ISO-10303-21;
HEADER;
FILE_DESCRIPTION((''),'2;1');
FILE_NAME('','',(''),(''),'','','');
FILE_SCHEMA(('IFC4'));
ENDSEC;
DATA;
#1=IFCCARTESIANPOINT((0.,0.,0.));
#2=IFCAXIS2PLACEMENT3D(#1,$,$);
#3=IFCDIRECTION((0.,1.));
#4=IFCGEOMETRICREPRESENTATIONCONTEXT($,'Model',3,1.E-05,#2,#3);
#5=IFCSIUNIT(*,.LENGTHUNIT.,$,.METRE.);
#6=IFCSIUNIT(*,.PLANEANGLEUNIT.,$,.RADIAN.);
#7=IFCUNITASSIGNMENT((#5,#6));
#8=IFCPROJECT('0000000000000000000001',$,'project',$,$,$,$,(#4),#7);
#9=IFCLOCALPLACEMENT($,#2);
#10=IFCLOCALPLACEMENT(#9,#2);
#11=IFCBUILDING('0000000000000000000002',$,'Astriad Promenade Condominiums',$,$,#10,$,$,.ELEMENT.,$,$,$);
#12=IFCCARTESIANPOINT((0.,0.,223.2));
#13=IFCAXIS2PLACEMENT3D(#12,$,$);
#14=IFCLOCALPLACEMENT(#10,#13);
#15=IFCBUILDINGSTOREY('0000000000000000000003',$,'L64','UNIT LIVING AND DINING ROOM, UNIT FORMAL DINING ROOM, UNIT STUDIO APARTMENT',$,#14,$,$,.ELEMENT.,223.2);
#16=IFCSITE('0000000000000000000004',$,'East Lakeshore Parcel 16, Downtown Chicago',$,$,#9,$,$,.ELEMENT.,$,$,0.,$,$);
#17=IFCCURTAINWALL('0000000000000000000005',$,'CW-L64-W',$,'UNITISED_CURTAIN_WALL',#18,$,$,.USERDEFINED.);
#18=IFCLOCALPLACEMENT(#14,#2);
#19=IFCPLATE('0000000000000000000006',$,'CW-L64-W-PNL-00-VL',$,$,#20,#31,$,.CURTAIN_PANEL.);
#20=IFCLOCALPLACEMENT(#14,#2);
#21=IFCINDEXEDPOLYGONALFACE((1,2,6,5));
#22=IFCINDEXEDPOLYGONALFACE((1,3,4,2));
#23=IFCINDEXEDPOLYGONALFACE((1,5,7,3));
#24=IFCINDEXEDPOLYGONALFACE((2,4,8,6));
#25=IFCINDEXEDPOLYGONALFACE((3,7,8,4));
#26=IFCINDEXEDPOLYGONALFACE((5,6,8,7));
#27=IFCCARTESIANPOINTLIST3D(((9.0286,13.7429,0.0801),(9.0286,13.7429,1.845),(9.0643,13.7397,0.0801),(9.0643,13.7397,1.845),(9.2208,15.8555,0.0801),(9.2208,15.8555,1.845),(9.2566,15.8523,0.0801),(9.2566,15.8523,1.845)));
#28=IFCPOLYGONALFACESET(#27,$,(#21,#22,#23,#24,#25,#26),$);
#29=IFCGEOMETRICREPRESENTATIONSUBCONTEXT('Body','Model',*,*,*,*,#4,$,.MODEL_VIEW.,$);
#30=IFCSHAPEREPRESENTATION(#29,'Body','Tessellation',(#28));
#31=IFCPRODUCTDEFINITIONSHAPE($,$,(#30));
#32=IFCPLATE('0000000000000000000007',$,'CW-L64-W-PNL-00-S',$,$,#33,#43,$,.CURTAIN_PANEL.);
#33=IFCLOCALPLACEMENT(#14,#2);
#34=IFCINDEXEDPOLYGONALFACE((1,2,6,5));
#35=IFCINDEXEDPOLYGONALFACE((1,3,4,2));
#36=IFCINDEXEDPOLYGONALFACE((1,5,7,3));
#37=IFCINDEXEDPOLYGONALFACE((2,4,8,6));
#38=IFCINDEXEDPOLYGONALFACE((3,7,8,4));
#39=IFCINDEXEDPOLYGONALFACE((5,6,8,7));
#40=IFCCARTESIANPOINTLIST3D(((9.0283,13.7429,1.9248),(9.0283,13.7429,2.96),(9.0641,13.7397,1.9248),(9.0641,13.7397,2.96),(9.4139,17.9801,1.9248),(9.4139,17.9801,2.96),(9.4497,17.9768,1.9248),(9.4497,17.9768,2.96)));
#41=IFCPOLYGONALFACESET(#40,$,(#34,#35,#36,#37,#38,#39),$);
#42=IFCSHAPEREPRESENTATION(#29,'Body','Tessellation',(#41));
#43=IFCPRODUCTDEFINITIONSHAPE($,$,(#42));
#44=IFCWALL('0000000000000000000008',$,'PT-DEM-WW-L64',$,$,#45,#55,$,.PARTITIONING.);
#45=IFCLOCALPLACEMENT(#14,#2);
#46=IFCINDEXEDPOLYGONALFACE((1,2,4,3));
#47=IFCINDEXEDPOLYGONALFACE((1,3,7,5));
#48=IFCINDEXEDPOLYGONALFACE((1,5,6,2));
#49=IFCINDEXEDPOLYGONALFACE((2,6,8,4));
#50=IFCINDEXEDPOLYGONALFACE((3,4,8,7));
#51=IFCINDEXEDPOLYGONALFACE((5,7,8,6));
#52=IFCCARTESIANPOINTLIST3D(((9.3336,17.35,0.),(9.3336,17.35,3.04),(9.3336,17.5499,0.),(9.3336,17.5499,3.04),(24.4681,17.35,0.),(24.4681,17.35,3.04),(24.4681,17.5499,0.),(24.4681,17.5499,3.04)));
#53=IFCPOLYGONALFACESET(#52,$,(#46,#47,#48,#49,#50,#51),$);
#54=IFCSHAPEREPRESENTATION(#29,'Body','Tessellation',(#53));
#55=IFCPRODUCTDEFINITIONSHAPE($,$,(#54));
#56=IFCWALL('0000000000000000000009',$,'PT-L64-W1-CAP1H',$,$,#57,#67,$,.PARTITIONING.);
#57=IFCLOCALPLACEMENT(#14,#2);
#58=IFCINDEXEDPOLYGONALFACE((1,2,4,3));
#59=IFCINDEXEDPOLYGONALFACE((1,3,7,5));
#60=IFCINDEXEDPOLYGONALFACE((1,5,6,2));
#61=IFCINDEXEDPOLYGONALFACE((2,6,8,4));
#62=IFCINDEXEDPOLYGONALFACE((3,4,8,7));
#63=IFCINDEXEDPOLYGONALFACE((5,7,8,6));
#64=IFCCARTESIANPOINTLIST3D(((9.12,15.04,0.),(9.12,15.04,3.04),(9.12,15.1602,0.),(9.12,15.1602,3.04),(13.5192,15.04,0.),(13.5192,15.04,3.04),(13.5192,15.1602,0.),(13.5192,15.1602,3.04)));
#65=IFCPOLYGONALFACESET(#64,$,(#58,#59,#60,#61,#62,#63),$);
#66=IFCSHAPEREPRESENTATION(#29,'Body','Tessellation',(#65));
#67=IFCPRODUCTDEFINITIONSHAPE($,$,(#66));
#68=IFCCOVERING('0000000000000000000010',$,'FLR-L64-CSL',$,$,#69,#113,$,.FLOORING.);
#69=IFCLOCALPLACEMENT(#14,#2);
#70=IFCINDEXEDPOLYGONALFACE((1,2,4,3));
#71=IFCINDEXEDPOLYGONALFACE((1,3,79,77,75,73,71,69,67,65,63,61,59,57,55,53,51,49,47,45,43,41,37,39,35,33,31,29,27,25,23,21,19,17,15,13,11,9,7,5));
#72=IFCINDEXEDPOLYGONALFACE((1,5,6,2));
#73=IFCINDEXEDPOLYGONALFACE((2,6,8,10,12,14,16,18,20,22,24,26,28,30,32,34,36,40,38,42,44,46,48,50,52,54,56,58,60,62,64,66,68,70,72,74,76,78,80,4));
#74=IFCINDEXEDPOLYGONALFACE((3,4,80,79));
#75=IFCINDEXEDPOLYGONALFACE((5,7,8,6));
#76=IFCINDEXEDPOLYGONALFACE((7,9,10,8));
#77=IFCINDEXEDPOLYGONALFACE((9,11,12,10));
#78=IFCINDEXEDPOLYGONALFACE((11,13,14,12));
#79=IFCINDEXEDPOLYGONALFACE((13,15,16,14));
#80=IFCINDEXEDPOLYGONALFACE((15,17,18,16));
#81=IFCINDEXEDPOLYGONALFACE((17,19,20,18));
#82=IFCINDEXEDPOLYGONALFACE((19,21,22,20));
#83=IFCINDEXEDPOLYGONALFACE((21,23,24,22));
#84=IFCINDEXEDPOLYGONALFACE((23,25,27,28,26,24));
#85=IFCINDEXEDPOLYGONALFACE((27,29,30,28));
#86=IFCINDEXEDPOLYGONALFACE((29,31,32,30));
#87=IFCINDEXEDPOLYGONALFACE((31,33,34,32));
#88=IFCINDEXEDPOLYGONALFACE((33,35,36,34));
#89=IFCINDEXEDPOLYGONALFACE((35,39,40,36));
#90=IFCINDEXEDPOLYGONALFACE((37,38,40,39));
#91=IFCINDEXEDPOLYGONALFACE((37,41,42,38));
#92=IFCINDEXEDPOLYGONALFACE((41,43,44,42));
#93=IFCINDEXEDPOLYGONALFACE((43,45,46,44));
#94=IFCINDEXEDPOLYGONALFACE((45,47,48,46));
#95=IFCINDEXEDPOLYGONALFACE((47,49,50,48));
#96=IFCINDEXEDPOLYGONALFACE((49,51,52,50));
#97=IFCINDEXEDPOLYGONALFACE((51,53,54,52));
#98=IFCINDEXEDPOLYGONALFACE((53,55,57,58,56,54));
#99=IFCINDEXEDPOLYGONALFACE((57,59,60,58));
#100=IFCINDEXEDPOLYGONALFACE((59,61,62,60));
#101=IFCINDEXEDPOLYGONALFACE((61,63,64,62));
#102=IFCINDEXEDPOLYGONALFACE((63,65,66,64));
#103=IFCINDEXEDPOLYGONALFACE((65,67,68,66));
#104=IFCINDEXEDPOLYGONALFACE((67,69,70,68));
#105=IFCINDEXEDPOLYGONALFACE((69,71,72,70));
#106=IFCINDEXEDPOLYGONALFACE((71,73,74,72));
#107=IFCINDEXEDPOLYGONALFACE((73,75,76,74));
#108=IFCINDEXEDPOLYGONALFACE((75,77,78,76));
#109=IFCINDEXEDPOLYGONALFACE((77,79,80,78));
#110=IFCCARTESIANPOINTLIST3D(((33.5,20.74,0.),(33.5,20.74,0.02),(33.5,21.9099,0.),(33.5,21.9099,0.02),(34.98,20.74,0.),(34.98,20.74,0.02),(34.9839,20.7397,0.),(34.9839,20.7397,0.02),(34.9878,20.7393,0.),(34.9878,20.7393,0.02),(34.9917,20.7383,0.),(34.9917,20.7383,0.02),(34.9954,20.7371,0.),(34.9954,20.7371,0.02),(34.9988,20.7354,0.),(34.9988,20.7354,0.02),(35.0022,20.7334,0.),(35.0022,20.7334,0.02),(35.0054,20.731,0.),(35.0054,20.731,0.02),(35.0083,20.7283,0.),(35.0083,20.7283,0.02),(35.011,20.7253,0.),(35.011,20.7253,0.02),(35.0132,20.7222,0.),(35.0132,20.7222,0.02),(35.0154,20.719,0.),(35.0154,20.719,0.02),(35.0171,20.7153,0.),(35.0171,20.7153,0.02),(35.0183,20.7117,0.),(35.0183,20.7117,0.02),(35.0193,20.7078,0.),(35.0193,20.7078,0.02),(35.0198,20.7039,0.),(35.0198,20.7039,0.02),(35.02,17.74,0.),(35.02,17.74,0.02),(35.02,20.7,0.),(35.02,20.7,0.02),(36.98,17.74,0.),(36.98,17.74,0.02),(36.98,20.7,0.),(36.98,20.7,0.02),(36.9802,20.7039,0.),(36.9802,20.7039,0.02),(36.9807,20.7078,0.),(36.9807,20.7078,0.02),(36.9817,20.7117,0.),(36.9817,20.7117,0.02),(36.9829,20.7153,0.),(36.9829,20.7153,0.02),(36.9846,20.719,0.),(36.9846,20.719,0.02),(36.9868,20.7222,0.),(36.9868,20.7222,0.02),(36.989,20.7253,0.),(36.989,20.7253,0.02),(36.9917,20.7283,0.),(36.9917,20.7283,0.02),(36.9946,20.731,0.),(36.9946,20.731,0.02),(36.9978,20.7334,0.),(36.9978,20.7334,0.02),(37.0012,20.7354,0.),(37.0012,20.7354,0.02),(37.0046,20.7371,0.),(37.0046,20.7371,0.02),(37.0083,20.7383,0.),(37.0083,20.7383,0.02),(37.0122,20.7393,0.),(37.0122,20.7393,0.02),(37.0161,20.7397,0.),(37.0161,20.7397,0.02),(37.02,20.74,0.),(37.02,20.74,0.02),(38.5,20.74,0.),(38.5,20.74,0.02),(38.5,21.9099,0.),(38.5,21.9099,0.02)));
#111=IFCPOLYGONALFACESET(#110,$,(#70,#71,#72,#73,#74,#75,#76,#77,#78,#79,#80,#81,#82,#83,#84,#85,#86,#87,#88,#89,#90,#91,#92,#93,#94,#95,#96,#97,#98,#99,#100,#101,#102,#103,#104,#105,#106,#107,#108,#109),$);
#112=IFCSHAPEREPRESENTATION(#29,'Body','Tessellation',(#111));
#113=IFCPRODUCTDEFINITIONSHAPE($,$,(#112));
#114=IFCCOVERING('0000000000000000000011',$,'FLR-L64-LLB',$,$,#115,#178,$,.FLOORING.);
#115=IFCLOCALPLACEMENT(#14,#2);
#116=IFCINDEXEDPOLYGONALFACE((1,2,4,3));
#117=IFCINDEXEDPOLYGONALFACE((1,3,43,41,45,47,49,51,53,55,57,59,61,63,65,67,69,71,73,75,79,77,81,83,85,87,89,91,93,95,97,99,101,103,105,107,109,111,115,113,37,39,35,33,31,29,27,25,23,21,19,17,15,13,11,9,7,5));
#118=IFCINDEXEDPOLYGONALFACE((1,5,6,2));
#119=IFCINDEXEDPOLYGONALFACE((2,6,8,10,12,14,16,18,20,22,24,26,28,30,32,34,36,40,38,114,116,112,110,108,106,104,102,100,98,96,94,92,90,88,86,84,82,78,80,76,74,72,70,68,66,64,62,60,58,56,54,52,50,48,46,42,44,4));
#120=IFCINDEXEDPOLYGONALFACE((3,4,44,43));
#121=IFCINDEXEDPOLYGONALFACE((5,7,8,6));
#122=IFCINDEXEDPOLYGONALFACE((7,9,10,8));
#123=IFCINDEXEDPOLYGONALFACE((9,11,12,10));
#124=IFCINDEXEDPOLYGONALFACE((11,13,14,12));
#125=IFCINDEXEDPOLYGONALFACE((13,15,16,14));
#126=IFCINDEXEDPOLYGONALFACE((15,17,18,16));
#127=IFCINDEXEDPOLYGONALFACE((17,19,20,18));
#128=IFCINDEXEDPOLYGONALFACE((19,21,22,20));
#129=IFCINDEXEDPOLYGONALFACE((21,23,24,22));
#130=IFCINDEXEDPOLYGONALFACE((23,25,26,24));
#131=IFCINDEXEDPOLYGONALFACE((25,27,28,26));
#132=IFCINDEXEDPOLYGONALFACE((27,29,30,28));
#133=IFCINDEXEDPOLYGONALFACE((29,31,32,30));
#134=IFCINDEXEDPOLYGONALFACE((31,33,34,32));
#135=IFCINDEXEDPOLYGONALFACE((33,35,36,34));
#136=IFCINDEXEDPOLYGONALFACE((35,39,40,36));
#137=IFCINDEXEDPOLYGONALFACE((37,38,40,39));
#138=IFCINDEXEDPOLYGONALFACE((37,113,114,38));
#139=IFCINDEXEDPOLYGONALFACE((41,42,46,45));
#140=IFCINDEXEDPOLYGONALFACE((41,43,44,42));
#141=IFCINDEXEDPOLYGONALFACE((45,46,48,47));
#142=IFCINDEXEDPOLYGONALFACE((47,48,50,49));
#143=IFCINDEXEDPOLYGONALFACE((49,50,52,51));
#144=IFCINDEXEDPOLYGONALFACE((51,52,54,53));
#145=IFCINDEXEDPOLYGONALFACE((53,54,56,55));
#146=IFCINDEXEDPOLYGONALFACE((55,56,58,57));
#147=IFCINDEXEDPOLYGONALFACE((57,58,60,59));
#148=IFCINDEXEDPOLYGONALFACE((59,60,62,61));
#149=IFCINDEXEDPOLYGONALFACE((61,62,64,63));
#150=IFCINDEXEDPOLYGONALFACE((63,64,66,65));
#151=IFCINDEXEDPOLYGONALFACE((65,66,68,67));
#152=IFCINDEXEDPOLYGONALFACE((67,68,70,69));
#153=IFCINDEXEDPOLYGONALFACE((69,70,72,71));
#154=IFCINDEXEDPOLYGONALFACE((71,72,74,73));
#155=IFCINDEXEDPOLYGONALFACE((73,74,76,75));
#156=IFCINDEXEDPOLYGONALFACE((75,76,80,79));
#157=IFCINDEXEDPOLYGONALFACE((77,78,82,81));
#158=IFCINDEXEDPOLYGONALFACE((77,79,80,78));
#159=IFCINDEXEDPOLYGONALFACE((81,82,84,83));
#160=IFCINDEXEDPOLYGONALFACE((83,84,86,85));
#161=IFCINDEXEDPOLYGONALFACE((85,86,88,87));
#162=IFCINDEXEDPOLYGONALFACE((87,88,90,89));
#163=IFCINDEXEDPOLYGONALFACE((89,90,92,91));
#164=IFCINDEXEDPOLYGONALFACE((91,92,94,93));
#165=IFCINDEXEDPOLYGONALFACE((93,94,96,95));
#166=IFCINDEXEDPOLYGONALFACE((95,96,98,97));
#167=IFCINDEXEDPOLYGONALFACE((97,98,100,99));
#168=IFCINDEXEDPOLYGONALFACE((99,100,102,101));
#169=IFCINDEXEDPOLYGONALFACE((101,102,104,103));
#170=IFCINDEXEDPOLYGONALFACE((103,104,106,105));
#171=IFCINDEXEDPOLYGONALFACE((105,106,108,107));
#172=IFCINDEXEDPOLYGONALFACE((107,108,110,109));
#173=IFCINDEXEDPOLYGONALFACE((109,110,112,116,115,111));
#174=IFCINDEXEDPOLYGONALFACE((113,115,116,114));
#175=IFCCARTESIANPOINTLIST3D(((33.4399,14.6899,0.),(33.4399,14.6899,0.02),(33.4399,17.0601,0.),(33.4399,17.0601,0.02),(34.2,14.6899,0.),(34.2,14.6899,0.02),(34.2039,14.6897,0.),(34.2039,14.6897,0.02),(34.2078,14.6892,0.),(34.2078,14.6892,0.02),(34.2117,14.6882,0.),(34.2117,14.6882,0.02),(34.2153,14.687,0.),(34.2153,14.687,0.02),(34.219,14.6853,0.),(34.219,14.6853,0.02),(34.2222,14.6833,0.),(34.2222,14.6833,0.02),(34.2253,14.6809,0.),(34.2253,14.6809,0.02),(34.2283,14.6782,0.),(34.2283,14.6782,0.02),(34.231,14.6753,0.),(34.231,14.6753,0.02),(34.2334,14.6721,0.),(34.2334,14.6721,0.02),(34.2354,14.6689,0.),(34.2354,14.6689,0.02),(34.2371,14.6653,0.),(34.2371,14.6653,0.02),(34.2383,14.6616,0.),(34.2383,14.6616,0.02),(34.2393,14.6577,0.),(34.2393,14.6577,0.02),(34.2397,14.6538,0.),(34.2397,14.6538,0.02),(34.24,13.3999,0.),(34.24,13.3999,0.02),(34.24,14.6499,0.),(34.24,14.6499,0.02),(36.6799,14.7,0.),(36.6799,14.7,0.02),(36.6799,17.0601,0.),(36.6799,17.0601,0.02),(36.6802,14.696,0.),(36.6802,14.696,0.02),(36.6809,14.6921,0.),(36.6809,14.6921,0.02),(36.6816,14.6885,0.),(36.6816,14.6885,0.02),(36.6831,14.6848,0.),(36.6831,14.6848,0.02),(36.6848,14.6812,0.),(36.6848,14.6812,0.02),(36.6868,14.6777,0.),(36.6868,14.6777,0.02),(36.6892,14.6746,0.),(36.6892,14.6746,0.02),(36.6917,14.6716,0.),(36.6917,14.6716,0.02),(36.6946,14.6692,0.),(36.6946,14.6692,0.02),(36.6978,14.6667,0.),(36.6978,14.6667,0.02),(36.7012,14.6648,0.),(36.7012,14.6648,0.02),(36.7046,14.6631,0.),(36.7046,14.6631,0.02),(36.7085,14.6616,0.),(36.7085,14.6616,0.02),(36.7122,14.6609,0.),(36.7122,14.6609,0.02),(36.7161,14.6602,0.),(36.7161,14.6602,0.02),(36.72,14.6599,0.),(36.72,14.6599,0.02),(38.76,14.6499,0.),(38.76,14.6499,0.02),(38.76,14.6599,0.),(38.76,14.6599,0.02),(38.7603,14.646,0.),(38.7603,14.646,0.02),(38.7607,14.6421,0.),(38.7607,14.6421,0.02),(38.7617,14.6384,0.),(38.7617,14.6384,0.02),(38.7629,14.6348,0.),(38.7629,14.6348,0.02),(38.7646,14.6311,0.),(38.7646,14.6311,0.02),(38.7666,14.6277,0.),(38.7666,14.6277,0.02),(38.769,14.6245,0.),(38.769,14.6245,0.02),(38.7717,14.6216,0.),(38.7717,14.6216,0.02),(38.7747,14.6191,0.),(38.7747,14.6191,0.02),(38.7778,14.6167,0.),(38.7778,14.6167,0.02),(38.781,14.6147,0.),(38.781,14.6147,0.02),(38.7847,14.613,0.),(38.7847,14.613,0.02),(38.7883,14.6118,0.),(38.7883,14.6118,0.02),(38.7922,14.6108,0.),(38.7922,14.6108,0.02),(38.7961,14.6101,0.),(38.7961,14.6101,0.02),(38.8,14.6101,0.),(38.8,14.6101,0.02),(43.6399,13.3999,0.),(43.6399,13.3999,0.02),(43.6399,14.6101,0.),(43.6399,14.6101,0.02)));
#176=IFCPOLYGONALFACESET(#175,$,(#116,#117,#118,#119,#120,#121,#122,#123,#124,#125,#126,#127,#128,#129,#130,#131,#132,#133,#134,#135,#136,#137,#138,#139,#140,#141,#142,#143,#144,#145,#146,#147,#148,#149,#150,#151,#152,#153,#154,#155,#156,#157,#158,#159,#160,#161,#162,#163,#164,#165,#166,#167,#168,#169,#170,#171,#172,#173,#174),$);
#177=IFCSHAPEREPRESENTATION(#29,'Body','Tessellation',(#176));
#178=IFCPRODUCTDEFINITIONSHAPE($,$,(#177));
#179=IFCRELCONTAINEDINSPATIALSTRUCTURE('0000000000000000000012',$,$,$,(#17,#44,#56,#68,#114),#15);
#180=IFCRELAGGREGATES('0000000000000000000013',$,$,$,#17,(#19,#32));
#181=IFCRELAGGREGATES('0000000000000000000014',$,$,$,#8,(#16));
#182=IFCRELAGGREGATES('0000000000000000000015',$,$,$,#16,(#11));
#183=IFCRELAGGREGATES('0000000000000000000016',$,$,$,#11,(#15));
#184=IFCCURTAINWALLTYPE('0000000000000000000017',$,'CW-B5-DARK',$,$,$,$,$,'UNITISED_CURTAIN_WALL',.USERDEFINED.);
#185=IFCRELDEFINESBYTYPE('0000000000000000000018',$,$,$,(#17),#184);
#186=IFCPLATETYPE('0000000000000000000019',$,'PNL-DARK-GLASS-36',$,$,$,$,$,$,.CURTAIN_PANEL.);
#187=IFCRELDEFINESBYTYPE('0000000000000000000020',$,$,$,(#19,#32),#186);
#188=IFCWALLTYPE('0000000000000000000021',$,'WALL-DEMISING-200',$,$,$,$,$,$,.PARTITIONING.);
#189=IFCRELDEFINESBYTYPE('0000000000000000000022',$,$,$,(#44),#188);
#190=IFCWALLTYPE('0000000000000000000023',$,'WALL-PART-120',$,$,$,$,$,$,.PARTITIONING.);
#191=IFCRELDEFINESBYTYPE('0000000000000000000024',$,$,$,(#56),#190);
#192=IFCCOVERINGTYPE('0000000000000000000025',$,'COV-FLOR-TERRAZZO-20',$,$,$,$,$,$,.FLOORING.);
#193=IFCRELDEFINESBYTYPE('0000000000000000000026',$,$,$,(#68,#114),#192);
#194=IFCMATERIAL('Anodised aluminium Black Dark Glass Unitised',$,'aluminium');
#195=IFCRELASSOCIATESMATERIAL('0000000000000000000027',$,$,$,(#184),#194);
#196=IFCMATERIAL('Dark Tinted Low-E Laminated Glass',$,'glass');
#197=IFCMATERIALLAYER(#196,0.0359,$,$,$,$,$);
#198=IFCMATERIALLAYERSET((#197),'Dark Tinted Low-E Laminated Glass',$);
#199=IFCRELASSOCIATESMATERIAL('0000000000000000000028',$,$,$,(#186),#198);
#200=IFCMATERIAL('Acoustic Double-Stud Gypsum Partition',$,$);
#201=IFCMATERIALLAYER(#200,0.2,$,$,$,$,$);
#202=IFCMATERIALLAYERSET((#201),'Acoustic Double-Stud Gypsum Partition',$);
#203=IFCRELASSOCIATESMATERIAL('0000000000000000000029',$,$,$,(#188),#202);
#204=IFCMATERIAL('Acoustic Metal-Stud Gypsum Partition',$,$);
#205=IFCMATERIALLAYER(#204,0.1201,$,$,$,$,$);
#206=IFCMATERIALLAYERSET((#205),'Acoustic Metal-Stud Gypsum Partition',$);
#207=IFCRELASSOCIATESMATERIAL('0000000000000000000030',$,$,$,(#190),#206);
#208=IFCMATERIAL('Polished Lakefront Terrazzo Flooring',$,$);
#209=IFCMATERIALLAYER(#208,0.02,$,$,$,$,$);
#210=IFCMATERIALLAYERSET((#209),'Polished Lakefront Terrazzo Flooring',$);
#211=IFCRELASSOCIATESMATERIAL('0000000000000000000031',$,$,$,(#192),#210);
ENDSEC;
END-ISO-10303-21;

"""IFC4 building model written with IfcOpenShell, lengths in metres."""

from ifc_helpers import new_model, si_unit, direction, frame, frame_2d, origin, origin_2d, place, context, subcontext, project, spatial, polyline, rectangle, outline, extrude, source, transform, mapped, material, layer, layer_set, type_object, type_shapes, element, aggregate, save


model = new_model("IFC4")

# Units and contexts
model_context = context("Model", 3, precision=1e-05, world=origin(), true_north=direction((0.0, 1.0)))
body_context = subcontext(model_context, "Body", "Model", "MODEL_VIEW")
ifc_project = project(units=[si_unit("LENGTHUNIT", "METRE"), si_unit("PLANEANGLEUNIT", "RADIAN")], contexts=[model_context])

# Site, building, storey
site_placement = place(None, origin())
site = spatial("IfcSite", under=ifc_project, at=site_placement, Name="East Lakeshore Parcel 16, Downtown Chicago", CompositionType="ELEMENT", RefElevation=0.0)
building_placement = place(site_placement, origin())
building = spatial("IfcBuilding", under=site, at=building_placement, Name="Astriad Promenade Condominiums", CompositionType="ELEMENT")
storey_placement = place(building_placement, frame((0.0, 0.0, 223.2)))
storey = spatial("IfcBuildingStorey", under=building, at=storey_placement, Name="L64", Description="UNIT LIVING AND DINING ROOM, UNIT FORMAL DINING ROOM, UNIT STUDIO APARTMENT", CompositionType="ELEMENT", Elevation=223.2)

# Curtain wall
ifc_material_1 = material(Name="Anodised aluminium Black Dark Glass Unitised", Category="aluminium")
curtain_wall_type = type_object("IfcCurtainWallType", Name="CW-B5-DARK", ElementType="UNITISED_CURTAIN_WALL", PredefinedType="USERDEFINED", material=ifc_material_1)
curtain_wall_placement = place(storey_placement, origin())
curtain_wall = element("IfcCurtainWall", 1, at=curtain_wall_placement, inside=storey, type_object=curtain_wall_type, Name="CW-L64-W", ObjectType="UNITISED_CURTAIN_WALL", PredefinedType="USERDEFINED")

# Plates
ifc_material_2 = material(Name="Dark Tinted Low-E Laminated Glass", Category="glass")
ifc_layer_1 = layer(ifc_material_2, 0.0359)
ifc_layer_set_1 = layer_set([ifc_layer_1], Name="Dark Tinted Low-E Laminated Glass")
plate_type = type_object("IfcPlateType", Name="PNL-DARK-GLASS-36", PredefinedType="CURTAIN_PANEL", material=ifc_layer_set_1)
shared_shape_1 = source(origin(), body_context, "Body", "SweptSolid", [
    extrude(rectangle(XDim=2.1213, YDim=0.0359, at=origin_2d()), origin(), (0.0, 0.0, 1.0), 1.7649),
])
plate_1_placement = place(storey_placement, frame((9.1426, 14.7976, 0.0801), z_axis=(0.0, 0.0, 1.0), x_axis=(0.090633, 0.995884, 0.0)))
plate_1 = element("IfcPlate", 2, at=plate_1_placement, type_object=plate_type, Name="CW-L64-W-PNL-00-VL", PredefinedType="CURTAIN_PANEL", context=body_context, shape_type="MappedRepresentation", body=[
    mapped(shared_shape_1, transform((0.0, 0.0, 0.0), scale=1.0)),
])
shared_shape_2 = source(origin(), body_context, "Body", "SweptSolid", [
    extrude(rectangle(XDim=4.2546, YDim=0.0359, at=origin_2d()), origin(), (0.0, 0.0, 1.0), 1.0352),
])
type_shapes(plate_type, [shared_shape_1, shared_shape_2])
plate_2_placement = place(storey_placement, frame((9.239, 15.8599, 1.9248), z_axis=(0.0, 0.0, 1.0), x_axis=(0.090633, 0.995884, 0.0)))
plate_2 = element("IfcPlate", 3, at=plate_2_placement, type_object=plate_type, Name="CW-L64-W-PNL-00-S", PredefinedType="CURTAIN_PANEL", context=body_context, shape_type="MappedRepresentation", body=[
    mapped(shared_shape_2, transform((0.0, 0.0, 0.0), scale=1.0)),
])
aggregate(curtain_wall, [plate_1, plate_2])

# Walls
ifc_material_3 = material(Name="Acoustic Double-Stud Gypsum Partition")
ifc_layer_2 = layer(ifc_material_3, 0.2)
ifc_layer_set_2 = layer_set([ifc_layer_2], Name="Acoustic Double-Stud Gypsum Partition")
wall_type_1 = type_object("IfcWallType", Name="WALL-DEMISING-200", PredefinedType="PARTITIONING", material=ifc_layer_set_2)
wall_1_placement = place(storey_placement, frame((9.3335, 17.45, 0.0), z_axis=(0.0, 0.0, 1.0), x_axis=(1.0, 0.0, 0.0)))
element("IfcWall", 4, at=wall_1_placement, inside=storey, type_object=wall_type_1, Name="PT-DEM-WW-L64", PredefinedType="PARTITIONING", context=body_context, shape_type="SweptSolid", body=[
    extrude(rectangle(XDim=15.1345, YDim=0.2, at=frame_2d((7.5674, 0.0))), origin(), (0.0, 0.0, 1.0), 3.04),
])
ifc_material_4 = material(Name="Acoustic Metal-Stud Gypsum Partition")
ifc_layer_3 = layer(ifc_material_4, 0.1201)
ifc_layer_set_3 = layer_set([ifc_layer_3], Name="Acoustic Metal-Stud Gypsum Partition")
wall_type_2 = type_object("IfcWallType", Name="WALL-PART-120", PredefinedType="PARTITIONING", material=ifc_layer_set_3)
wall_2_placement = place(storey_placement, frame((9.1199, 15.1001, 0.0), z_axis=(0.0, 0.0, 1.0), x_axis=(1.0, 0.0, 0.0)))
element("IfcWall", 5, at=wall_2_placement, inside=storey, type_object=wall_type_2, Name="PT-L64-W1-CAP1H", PredefinedType="PARTITIONING", context=body_context, shape_type="SweptSolid", body=[
    extrude(rectangle(XDim=4.3992, YDim=0.1201, at=frame_2d((2.1997, 0.0))), origin(), (0.0, 0.0, 1.0), 3.04),
])

# Coverings
ifc_material_5 = material(Name="Polished Lakefront Terrazzo Flooring")
ifc_layer_4 = layer(ifc_material_5, 0.02)
ifc_layer_set_4 = layer_set([ifc_layer_4], Name="Polished Lakefront Terrazzo Flooring")
covering_type = type_object("IfcCoveringType", Name="COV-FLOR-TERRAZZO-20", PredefinedType="FLOORING", material=ifc_layer_set_4)
covering_1_placement = place(storey_placement, origin())
element("IfcCovering", 6, at=covering_1_placement, inside=storey, type_object=covering_type, Name="FLR-L64-CSL", PredefinedType="FLOORING", context=body_context, shape_type="SweptSolid", body=[
    extrude(outline(polyline([(36.98, 20.7), (36.98, 17.74), (35.02, 17.74), (35.02, 20.7), (35.0198, 20.7039), (35.0193, 20.7078), (35.0183, 20.7117), (35.0171, 20.7153), (35.0154, 20.719), (35.0132, 20.7222), (35.011, 20.7253), (35.0083, 20.7283), (35.0054, 20.731), (35.0022, 20.7334), (34.9988, 20.7354), (34.9954, 20.7371), (34.9917, 20.7383), (34.9878, 20.7393), (34.9839, 20.7397), (34.98, 20.74), (33.5, 20.74), (33.5, 21.9099), (38.5, 21.9099), (38.5, 20.74), (37.02, 20.74), (37.0161, 20.7397), (37.0122, 20.7393), (37.0083, 20.7383), (37.0046, 20.7371), (37.0012, 20.7354), (36.9978, 20.7334), (36.9946, 20.731), (36.9917, 20.7283), (36.989, 20.7253), (36.9868, 20.7222), (36.9846, 20.719), (36.9829, 20.7153), (36.9817, 20.7117), (36.9807, 20.7078), (36.9802, 20.7039), (36.98, 20.7)])), origin(), (0.0, 0.0, 1.0), 0.02),
])
covering_2_placement = place(storey_placement, origin())
element("IfcCovering", 7, at=covering_2_placement, inside=storey, type_object=covering_type, Name="FLR-L64-LLB", PredefinedType="FLOORING", context=body_context, shape_type="SweptSolid", body=[
    extrude(outline(polyline([(43.6399, 14.6101), (43.6399, 13.3999), (34.24, 13.3999), (34.24, 14.6499), (34.2397, 14.6538), (34.2393, 14.6577), (34.2383, 14.6616), (34.2371, 14.6653), (34.2354, 14.6689), (34.2334, 14.6721), (34.231, 14.6753), (34.2283, 14.6782), (34.2253, 14.6809), (34.2222, 14.6833), (34.219, 14.6853), (34.2153, 14.687), (34.2117, 14.6882), (34.2078, 14.6892), (34.2039, 14.6897), (34.2, 14.6899), (33.4399, 14.6899), (33.4399, 17.0601), (36.6799, 17.0601), (36.6799, 14.7), (36.6802, 14.696), (36.6809, 14.6921), (36.6816, 14.6885), (36.6831, 14.6848), (36.6848, 14.6812), (36.6868, 14.6777), (36.6892, 14.6746), (36.6917, 14.6716), (36.6946, 14.6692), (36.6978, 14.6667), (36.7012, 14.6648), (36.7046, 14.6631), (36.7085, 14.6616), (36.7122, 14.6609), (36.7161, 14.6602), (36.72, 14.6599), (38.76, 14.6599), (38.76, 14.6499), (38.7603, 14.646), (38.7607, 14.6421), (38.7617, 14.6384), (38.7629, 14.6348), (38.7646, 14.6311), (38.7666, 14.6277), (38.769, 14.6245), (38.7717, 14.6216), (38.7747, 14.6191), (38.7778, 14.6167), (38.781, 14.6147), (38.7847, 14.613), (38.7883, 14.6118), (38.7922, 14.6108), (38.7961, 14.6101), (38.8, 14.6101), (43.6399, 14.6101)])), origin(), (0.0, 0.0, 1.0), 0.02),
])

save(model, "model.ifc")
